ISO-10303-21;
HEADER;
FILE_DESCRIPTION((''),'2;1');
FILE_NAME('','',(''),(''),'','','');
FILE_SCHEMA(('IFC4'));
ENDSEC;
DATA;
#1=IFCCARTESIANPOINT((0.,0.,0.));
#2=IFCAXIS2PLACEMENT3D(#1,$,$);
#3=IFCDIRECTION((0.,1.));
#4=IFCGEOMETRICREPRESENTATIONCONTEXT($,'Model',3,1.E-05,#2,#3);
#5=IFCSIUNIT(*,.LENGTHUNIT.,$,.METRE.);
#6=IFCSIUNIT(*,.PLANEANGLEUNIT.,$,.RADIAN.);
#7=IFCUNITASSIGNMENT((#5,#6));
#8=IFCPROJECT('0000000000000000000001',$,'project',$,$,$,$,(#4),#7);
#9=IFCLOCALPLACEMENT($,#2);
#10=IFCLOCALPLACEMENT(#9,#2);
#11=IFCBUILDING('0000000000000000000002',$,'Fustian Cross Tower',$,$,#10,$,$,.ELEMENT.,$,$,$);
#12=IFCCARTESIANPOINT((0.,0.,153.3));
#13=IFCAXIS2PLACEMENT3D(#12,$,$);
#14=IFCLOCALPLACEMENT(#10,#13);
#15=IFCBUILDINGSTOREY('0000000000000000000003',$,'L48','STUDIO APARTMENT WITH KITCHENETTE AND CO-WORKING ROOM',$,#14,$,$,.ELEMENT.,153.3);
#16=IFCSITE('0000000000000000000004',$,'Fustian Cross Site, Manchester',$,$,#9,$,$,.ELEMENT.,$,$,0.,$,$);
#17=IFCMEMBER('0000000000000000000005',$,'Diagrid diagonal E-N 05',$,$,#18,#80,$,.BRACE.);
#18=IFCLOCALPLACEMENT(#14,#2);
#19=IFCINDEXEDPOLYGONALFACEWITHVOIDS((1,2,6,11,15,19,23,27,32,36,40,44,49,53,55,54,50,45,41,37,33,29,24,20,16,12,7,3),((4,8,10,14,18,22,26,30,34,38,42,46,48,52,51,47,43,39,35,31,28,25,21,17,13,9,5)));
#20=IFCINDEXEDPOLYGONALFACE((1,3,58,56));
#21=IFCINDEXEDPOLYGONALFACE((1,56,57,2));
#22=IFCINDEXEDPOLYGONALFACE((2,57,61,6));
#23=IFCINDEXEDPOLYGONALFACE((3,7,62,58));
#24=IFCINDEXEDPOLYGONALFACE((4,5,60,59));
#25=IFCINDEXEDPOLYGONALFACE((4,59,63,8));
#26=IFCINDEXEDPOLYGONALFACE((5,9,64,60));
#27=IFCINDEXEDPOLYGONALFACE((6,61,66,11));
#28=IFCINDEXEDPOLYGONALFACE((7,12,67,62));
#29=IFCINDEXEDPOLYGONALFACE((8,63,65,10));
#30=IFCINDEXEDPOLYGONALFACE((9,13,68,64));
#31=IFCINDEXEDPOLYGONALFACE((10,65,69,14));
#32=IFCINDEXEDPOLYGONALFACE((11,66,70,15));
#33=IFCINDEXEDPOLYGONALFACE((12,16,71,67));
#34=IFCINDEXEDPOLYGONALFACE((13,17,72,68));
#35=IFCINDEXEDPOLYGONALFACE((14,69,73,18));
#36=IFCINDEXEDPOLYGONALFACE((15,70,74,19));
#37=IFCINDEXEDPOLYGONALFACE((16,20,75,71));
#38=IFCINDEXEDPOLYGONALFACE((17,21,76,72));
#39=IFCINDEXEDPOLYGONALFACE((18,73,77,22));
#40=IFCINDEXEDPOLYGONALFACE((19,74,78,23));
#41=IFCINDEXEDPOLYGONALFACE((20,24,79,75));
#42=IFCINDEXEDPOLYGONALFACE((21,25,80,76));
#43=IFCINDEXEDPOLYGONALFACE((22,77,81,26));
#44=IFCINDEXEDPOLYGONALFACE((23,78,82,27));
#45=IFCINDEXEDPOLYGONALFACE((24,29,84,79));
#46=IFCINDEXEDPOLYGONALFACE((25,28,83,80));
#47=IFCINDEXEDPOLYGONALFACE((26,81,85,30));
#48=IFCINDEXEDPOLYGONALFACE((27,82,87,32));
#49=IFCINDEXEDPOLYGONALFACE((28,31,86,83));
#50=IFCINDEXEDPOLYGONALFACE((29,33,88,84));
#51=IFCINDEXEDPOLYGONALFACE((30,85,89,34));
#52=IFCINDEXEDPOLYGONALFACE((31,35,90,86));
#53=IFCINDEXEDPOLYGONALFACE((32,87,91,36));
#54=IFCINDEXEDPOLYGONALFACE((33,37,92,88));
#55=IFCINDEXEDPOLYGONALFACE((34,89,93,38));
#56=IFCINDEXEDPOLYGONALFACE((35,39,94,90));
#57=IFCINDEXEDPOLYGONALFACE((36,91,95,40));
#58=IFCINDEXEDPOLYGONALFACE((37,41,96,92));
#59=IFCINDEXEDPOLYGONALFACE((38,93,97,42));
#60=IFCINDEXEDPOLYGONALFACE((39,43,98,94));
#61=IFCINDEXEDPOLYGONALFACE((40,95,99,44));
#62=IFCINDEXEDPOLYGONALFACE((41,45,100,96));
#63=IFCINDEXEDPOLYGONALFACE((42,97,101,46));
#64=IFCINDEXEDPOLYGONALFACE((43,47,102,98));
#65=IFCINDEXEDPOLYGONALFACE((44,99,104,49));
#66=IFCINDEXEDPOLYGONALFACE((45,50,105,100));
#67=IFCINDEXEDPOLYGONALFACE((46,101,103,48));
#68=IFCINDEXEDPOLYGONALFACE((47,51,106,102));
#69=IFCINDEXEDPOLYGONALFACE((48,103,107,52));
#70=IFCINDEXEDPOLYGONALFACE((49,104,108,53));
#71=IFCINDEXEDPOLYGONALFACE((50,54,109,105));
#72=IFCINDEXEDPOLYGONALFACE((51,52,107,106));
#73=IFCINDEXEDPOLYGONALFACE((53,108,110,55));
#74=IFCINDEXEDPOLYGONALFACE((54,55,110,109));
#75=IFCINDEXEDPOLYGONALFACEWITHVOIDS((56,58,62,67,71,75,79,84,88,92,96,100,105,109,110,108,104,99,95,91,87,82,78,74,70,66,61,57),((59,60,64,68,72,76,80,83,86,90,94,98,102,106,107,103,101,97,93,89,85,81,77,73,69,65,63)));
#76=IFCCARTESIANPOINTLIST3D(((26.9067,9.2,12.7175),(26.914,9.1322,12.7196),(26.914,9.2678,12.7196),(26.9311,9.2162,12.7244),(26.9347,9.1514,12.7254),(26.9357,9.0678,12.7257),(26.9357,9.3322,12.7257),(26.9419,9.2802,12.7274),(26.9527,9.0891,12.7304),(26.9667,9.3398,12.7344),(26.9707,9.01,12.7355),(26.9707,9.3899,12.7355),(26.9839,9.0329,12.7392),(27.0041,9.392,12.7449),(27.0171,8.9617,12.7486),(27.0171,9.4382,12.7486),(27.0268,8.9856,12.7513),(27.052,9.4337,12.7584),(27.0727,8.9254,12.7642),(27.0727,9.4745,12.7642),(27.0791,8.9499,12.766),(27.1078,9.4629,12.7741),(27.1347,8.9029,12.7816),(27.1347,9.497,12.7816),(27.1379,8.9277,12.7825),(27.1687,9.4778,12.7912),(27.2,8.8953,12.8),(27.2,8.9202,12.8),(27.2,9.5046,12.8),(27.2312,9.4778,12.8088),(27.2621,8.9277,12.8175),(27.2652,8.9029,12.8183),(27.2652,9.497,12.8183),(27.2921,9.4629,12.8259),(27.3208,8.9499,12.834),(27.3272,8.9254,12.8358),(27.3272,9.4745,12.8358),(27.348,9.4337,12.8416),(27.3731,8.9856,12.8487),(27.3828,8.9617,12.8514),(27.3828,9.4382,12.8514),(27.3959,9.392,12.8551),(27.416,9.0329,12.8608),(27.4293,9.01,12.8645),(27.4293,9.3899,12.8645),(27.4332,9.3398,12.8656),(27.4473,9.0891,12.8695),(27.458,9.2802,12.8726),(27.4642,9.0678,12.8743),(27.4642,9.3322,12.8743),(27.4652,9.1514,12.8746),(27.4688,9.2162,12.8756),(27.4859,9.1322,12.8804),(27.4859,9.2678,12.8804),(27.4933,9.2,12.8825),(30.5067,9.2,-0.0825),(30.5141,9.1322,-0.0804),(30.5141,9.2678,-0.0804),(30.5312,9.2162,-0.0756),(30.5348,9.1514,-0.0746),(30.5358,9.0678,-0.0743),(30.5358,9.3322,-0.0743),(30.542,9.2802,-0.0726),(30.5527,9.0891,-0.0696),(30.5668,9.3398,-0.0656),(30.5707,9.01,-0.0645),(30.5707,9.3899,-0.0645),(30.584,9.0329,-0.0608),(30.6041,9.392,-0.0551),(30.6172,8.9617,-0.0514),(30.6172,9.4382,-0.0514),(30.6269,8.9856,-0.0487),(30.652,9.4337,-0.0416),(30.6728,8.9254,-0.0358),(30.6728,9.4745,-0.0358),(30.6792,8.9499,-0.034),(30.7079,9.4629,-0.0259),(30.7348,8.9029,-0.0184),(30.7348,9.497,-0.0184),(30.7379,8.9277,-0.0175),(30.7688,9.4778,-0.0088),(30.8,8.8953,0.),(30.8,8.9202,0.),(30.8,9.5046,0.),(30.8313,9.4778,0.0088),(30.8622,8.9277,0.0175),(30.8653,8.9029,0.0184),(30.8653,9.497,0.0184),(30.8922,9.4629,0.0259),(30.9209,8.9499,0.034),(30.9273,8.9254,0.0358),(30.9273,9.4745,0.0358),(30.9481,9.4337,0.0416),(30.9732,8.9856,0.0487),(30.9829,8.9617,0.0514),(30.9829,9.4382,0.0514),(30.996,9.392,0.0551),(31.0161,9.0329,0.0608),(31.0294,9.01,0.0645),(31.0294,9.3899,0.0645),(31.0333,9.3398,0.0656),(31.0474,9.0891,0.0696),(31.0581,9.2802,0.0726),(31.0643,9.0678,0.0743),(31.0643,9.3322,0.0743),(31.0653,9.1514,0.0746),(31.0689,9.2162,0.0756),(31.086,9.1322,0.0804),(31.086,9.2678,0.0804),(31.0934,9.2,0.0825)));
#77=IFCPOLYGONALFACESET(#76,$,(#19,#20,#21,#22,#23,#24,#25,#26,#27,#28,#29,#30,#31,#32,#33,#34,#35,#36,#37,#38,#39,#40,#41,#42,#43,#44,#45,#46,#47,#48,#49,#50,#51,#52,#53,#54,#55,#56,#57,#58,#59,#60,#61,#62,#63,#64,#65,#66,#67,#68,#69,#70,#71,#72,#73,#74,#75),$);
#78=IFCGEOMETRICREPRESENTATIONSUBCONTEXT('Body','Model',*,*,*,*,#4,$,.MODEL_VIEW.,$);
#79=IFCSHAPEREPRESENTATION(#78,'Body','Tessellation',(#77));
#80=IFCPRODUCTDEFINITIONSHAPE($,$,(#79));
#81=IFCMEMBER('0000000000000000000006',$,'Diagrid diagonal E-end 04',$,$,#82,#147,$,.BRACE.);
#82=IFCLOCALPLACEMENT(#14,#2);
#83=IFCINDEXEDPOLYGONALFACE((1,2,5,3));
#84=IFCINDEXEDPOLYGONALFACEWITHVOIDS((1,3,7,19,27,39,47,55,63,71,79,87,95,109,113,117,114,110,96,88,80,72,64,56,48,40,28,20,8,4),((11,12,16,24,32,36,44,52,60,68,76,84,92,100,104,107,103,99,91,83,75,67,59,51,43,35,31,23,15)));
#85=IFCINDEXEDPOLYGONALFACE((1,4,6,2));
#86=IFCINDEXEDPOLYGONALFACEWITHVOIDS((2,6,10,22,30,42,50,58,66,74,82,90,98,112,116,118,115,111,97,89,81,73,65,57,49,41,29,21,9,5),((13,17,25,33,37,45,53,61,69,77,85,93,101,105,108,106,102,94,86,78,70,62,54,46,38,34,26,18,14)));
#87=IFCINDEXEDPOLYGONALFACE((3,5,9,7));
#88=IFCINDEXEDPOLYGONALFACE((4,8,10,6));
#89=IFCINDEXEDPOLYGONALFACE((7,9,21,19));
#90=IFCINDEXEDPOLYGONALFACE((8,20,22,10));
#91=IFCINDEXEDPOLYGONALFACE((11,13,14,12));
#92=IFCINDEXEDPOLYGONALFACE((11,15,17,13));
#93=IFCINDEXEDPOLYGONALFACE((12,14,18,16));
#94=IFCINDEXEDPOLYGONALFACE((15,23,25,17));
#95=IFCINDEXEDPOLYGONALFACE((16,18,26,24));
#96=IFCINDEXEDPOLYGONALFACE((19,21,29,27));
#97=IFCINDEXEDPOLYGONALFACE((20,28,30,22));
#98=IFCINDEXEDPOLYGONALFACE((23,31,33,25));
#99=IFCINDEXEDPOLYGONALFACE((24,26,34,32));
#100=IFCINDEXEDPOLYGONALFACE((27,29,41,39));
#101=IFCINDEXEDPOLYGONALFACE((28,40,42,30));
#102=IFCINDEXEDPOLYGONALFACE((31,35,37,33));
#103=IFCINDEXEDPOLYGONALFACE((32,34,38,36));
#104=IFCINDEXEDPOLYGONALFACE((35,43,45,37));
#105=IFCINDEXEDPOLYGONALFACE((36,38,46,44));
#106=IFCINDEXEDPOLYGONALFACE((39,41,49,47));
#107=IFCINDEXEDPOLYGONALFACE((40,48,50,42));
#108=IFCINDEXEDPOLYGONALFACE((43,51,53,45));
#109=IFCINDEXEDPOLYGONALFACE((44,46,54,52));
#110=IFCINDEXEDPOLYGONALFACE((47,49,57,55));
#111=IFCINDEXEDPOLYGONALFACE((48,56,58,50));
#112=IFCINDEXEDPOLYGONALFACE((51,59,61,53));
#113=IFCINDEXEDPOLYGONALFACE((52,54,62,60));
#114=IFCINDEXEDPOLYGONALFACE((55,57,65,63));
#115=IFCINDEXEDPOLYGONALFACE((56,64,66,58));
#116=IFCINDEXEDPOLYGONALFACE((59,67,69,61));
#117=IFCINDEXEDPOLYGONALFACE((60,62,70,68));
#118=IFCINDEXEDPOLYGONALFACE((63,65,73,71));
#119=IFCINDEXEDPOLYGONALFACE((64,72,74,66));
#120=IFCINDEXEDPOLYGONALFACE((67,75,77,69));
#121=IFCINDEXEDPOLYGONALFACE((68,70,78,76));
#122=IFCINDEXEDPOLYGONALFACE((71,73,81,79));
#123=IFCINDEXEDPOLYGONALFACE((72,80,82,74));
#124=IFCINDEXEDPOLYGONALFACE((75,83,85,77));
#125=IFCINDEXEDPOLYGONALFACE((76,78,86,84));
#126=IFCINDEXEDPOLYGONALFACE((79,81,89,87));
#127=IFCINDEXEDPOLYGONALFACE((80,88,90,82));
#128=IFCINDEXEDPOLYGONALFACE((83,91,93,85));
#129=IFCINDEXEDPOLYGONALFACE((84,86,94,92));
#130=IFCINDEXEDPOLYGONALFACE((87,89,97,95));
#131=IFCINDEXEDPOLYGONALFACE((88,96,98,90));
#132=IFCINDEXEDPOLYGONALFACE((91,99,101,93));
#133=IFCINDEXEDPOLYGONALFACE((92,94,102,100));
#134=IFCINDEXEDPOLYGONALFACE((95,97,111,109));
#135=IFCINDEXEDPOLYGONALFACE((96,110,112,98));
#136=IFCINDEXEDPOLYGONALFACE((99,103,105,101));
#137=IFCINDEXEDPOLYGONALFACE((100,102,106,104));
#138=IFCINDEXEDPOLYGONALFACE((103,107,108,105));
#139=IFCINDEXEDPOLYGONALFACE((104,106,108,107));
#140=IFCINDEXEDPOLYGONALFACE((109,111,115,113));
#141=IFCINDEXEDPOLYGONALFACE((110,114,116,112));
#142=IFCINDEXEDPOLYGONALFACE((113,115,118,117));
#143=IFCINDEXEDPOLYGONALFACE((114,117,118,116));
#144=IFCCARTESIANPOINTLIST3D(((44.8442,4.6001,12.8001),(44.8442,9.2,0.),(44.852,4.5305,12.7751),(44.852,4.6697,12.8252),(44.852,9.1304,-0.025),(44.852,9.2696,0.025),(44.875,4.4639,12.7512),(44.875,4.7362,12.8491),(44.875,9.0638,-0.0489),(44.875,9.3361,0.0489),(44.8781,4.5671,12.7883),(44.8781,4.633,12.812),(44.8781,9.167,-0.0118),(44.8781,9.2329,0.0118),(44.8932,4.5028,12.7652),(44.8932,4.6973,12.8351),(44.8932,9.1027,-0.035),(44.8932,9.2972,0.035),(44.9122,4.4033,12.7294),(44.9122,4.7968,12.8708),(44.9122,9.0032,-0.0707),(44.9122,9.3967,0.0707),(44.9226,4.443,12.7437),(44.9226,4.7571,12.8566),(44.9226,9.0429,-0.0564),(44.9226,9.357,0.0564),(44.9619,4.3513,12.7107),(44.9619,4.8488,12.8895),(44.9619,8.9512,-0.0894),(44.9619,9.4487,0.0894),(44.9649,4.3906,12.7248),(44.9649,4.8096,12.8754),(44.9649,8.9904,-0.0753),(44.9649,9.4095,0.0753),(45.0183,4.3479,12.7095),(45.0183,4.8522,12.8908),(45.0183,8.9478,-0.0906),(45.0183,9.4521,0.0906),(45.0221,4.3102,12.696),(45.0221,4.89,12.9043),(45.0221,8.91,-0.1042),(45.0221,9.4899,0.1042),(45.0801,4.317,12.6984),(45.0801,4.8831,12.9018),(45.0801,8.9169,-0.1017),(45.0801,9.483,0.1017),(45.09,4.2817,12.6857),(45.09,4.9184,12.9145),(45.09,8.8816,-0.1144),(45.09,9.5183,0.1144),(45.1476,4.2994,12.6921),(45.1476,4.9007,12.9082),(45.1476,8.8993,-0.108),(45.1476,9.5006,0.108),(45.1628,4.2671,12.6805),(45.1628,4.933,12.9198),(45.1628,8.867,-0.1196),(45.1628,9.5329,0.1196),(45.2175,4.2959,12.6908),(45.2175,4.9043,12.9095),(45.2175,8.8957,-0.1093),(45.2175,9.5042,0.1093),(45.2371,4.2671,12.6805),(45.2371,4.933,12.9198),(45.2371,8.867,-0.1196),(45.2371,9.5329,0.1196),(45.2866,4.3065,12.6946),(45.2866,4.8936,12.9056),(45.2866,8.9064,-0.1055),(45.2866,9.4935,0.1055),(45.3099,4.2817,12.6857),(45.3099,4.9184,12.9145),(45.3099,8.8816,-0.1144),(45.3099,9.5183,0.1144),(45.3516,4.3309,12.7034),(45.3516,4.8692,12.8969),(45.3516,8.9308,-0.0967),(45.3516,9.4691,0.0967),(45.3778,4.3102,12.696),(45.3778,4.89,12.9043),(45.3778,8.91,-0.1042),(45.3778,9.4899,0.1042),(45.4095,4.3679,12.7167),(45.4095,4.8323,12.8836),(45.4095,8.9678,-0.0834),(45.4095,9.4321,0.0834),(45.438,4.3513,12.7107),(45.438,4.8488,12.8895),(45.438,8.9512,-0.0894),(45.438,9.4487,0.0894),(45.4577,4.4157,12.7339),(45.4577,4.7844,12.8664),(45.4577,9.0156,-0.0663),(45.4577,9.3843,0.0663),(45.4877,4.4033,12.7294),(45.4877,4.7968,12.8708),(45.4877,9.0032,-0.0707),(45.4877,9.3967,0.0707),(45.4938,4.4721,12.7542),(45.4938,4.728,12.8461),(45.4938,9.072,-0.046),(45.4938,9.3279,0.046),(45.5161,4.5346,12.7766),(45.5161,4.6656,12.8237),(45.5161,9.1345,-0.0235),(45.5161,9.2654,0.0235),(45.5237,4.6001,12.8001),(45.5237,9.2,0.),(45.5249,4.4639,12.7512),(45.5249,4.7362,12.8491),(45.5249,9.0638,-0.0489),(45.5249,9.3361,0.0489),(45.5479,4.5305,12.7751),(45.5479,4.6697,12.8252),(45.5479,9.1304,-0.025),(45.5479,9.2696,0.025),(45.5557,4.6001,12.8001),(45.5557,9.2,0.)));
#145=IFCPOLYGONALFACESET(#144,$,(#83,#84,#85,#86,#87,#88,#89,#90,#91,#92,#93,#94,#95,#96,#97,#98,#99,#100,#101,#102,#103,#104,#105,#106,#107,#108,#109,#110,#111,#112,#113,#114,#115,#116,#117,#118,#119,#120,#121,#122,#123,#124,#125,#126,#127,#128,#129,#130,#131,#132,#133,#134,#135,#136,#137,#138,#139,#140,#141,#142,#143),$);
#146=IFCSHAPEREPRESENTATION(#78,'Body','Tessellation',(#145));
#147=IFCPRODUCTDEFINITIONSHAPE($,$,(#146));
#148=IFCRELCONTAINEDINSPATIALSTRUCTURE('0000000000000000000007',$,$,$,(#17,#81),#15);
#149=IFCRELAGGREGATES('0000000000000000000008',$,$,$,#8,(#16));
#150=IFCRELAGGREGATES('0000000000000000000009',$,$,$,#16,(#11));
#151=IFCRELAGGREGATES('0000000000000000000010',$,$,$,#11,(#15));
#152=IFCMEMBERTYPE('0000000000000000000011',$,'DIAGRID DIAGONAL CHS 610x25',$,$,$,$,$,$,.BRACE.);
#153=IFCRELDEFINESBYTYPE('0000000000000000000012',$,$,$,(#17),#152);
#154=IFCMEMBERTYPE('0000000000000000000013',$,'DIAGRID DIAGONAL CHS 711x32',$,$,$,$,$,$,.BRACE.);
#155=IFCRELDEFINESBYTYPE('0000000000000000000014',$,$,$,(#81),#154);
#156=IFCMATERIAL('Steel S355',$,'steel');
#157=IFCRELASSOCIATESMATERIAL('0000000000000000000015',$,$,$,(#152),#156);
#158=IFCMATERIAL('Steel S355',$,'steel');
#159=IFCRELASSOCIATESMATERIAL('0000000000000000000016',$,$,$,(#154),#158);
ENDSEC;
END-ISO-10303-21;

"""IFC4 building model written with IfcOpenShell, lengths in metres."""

from ifc_helpers import new_model, si_unit, direction, frame, origin, origin_2d, place, context, subcontext, project, spatial, hollow_circle, extrude, material, material_profile, profile_set, type_object, element, save


model = new_model("IFC4")

# Units and contexts
model_context = context("Model", 3, precision=1e-05, world=origin(), true_north=direction((0.0, 1.0)))
body_context = subcontext(model_context, "Body", "Model", "MODEL_VIEW")
ifc_project = project(units=[si_unit("LENGTHUNIT", "METRE"), si_unit("PLANEANGLEUNIT", "RADIAN")], contexts=[model_context])

# Site, building, storey
site_placement = place(None, origin())
site = spatial("IfcSite", under=ifc_project, at=site_placement, Name="Fustian Cross Site, Manchester", CompositionType="ELEMENT", RefElevation=0.0)
building_placement = place(site_placement, origin())
building = spatial("IfcBuilding", under=site, at=building_placement, Name="Fustian Cross Tower", CompositionType="ELEMENT")
storey_placement = place(building_placement, frame((0.0, 0.0, 153.3)))
storey = spatial("IfcBuildingStorey", under=building, at=storey_placement, Name="L48", Description="STUDIO APARTMENT WITH KITCHENETTE AND CO-WORKING ROOM", CompositionType="ELEMENT", Elevation=153.3)

# Members
ifc_material_1 = material(Name="Steel S355", Category="steel")
ifc_material_profile_1 = material_profile(ifc_material_1, hollow_circle(Radius=0.3047, WallThickness=0.0249, at=origin_2d()), Name="CHS 610x25")
ifc_profile_set_1 = profile_set([ifc_material_profile_1], Name="Steel S355")
member_type_1 = type_object("IfcMemberType", Name="DIAGRID DIAGONAL CHS 610x25", PredefinedType="BRACE", material=ifc_profile_set_1)
for number, where, z_axis, x_axis, name in (
    (1, (30.8, 9.2, 0.0), (-0.270751, 0.0, 0.962649), (0.0, -1.0, 0.0), "Diagrid diagonal E-N 05"),
):
    element("IfcMember", number, at=place(storey_placement, frame(where, z_axis=z_axis, x_axis=x_axis)), inside=storey, type_object=member_type_1, Name=name, PredefinedType="BRACE", context=body_context, shape_type="SweptSolid", body=[
        extrude(hollow_circle(Radius=0.3047, WallThickness=0.0249, at=origin_2d()), origin(), (0.0, 0.0, 1.0), 13.2966),
    ])
ifc_material_2 = material(Name="Steel S355", Category="steel")
ifc_material_profile_2 = material_profile(ifc_material_2, hollow_circle(Radius=0.3557, WallThickness=0.032, at=origin_2d()), Name="CHS 711x32")
ifc_profile_set_2 = profile_set([ifc_material_profile_2], Name="Steel S355")
member_type_2 = type_object("IfcMemberType", Name="DIAGRID DIAGONAL CHS 711x32", PredefinedType="BRACE", material=ifc_profile_set_2)
member_1_placement = place(storey_placement, frame((45.2, 9.2, 0.0), z_axis=(0.0, -0.338188, 0.941079), x_axis=(1.0, 0.0, 0.0)))
element("IfcMember", 2, at=member_1_placement, inside=storey, type_object=member_type_2, Name="Diagrid diagonal E-end 04", PredefinedType="BRACE", context=body_context, shape_type="SweptSolid", body=[
    extrude(hollow_circle(Radius=0.3557, WallThickness=0.032, at=origin_2d()), origin(), (0.0, 0.0, 1.0), 13.6016),
])

save(model, "model.ifc")
